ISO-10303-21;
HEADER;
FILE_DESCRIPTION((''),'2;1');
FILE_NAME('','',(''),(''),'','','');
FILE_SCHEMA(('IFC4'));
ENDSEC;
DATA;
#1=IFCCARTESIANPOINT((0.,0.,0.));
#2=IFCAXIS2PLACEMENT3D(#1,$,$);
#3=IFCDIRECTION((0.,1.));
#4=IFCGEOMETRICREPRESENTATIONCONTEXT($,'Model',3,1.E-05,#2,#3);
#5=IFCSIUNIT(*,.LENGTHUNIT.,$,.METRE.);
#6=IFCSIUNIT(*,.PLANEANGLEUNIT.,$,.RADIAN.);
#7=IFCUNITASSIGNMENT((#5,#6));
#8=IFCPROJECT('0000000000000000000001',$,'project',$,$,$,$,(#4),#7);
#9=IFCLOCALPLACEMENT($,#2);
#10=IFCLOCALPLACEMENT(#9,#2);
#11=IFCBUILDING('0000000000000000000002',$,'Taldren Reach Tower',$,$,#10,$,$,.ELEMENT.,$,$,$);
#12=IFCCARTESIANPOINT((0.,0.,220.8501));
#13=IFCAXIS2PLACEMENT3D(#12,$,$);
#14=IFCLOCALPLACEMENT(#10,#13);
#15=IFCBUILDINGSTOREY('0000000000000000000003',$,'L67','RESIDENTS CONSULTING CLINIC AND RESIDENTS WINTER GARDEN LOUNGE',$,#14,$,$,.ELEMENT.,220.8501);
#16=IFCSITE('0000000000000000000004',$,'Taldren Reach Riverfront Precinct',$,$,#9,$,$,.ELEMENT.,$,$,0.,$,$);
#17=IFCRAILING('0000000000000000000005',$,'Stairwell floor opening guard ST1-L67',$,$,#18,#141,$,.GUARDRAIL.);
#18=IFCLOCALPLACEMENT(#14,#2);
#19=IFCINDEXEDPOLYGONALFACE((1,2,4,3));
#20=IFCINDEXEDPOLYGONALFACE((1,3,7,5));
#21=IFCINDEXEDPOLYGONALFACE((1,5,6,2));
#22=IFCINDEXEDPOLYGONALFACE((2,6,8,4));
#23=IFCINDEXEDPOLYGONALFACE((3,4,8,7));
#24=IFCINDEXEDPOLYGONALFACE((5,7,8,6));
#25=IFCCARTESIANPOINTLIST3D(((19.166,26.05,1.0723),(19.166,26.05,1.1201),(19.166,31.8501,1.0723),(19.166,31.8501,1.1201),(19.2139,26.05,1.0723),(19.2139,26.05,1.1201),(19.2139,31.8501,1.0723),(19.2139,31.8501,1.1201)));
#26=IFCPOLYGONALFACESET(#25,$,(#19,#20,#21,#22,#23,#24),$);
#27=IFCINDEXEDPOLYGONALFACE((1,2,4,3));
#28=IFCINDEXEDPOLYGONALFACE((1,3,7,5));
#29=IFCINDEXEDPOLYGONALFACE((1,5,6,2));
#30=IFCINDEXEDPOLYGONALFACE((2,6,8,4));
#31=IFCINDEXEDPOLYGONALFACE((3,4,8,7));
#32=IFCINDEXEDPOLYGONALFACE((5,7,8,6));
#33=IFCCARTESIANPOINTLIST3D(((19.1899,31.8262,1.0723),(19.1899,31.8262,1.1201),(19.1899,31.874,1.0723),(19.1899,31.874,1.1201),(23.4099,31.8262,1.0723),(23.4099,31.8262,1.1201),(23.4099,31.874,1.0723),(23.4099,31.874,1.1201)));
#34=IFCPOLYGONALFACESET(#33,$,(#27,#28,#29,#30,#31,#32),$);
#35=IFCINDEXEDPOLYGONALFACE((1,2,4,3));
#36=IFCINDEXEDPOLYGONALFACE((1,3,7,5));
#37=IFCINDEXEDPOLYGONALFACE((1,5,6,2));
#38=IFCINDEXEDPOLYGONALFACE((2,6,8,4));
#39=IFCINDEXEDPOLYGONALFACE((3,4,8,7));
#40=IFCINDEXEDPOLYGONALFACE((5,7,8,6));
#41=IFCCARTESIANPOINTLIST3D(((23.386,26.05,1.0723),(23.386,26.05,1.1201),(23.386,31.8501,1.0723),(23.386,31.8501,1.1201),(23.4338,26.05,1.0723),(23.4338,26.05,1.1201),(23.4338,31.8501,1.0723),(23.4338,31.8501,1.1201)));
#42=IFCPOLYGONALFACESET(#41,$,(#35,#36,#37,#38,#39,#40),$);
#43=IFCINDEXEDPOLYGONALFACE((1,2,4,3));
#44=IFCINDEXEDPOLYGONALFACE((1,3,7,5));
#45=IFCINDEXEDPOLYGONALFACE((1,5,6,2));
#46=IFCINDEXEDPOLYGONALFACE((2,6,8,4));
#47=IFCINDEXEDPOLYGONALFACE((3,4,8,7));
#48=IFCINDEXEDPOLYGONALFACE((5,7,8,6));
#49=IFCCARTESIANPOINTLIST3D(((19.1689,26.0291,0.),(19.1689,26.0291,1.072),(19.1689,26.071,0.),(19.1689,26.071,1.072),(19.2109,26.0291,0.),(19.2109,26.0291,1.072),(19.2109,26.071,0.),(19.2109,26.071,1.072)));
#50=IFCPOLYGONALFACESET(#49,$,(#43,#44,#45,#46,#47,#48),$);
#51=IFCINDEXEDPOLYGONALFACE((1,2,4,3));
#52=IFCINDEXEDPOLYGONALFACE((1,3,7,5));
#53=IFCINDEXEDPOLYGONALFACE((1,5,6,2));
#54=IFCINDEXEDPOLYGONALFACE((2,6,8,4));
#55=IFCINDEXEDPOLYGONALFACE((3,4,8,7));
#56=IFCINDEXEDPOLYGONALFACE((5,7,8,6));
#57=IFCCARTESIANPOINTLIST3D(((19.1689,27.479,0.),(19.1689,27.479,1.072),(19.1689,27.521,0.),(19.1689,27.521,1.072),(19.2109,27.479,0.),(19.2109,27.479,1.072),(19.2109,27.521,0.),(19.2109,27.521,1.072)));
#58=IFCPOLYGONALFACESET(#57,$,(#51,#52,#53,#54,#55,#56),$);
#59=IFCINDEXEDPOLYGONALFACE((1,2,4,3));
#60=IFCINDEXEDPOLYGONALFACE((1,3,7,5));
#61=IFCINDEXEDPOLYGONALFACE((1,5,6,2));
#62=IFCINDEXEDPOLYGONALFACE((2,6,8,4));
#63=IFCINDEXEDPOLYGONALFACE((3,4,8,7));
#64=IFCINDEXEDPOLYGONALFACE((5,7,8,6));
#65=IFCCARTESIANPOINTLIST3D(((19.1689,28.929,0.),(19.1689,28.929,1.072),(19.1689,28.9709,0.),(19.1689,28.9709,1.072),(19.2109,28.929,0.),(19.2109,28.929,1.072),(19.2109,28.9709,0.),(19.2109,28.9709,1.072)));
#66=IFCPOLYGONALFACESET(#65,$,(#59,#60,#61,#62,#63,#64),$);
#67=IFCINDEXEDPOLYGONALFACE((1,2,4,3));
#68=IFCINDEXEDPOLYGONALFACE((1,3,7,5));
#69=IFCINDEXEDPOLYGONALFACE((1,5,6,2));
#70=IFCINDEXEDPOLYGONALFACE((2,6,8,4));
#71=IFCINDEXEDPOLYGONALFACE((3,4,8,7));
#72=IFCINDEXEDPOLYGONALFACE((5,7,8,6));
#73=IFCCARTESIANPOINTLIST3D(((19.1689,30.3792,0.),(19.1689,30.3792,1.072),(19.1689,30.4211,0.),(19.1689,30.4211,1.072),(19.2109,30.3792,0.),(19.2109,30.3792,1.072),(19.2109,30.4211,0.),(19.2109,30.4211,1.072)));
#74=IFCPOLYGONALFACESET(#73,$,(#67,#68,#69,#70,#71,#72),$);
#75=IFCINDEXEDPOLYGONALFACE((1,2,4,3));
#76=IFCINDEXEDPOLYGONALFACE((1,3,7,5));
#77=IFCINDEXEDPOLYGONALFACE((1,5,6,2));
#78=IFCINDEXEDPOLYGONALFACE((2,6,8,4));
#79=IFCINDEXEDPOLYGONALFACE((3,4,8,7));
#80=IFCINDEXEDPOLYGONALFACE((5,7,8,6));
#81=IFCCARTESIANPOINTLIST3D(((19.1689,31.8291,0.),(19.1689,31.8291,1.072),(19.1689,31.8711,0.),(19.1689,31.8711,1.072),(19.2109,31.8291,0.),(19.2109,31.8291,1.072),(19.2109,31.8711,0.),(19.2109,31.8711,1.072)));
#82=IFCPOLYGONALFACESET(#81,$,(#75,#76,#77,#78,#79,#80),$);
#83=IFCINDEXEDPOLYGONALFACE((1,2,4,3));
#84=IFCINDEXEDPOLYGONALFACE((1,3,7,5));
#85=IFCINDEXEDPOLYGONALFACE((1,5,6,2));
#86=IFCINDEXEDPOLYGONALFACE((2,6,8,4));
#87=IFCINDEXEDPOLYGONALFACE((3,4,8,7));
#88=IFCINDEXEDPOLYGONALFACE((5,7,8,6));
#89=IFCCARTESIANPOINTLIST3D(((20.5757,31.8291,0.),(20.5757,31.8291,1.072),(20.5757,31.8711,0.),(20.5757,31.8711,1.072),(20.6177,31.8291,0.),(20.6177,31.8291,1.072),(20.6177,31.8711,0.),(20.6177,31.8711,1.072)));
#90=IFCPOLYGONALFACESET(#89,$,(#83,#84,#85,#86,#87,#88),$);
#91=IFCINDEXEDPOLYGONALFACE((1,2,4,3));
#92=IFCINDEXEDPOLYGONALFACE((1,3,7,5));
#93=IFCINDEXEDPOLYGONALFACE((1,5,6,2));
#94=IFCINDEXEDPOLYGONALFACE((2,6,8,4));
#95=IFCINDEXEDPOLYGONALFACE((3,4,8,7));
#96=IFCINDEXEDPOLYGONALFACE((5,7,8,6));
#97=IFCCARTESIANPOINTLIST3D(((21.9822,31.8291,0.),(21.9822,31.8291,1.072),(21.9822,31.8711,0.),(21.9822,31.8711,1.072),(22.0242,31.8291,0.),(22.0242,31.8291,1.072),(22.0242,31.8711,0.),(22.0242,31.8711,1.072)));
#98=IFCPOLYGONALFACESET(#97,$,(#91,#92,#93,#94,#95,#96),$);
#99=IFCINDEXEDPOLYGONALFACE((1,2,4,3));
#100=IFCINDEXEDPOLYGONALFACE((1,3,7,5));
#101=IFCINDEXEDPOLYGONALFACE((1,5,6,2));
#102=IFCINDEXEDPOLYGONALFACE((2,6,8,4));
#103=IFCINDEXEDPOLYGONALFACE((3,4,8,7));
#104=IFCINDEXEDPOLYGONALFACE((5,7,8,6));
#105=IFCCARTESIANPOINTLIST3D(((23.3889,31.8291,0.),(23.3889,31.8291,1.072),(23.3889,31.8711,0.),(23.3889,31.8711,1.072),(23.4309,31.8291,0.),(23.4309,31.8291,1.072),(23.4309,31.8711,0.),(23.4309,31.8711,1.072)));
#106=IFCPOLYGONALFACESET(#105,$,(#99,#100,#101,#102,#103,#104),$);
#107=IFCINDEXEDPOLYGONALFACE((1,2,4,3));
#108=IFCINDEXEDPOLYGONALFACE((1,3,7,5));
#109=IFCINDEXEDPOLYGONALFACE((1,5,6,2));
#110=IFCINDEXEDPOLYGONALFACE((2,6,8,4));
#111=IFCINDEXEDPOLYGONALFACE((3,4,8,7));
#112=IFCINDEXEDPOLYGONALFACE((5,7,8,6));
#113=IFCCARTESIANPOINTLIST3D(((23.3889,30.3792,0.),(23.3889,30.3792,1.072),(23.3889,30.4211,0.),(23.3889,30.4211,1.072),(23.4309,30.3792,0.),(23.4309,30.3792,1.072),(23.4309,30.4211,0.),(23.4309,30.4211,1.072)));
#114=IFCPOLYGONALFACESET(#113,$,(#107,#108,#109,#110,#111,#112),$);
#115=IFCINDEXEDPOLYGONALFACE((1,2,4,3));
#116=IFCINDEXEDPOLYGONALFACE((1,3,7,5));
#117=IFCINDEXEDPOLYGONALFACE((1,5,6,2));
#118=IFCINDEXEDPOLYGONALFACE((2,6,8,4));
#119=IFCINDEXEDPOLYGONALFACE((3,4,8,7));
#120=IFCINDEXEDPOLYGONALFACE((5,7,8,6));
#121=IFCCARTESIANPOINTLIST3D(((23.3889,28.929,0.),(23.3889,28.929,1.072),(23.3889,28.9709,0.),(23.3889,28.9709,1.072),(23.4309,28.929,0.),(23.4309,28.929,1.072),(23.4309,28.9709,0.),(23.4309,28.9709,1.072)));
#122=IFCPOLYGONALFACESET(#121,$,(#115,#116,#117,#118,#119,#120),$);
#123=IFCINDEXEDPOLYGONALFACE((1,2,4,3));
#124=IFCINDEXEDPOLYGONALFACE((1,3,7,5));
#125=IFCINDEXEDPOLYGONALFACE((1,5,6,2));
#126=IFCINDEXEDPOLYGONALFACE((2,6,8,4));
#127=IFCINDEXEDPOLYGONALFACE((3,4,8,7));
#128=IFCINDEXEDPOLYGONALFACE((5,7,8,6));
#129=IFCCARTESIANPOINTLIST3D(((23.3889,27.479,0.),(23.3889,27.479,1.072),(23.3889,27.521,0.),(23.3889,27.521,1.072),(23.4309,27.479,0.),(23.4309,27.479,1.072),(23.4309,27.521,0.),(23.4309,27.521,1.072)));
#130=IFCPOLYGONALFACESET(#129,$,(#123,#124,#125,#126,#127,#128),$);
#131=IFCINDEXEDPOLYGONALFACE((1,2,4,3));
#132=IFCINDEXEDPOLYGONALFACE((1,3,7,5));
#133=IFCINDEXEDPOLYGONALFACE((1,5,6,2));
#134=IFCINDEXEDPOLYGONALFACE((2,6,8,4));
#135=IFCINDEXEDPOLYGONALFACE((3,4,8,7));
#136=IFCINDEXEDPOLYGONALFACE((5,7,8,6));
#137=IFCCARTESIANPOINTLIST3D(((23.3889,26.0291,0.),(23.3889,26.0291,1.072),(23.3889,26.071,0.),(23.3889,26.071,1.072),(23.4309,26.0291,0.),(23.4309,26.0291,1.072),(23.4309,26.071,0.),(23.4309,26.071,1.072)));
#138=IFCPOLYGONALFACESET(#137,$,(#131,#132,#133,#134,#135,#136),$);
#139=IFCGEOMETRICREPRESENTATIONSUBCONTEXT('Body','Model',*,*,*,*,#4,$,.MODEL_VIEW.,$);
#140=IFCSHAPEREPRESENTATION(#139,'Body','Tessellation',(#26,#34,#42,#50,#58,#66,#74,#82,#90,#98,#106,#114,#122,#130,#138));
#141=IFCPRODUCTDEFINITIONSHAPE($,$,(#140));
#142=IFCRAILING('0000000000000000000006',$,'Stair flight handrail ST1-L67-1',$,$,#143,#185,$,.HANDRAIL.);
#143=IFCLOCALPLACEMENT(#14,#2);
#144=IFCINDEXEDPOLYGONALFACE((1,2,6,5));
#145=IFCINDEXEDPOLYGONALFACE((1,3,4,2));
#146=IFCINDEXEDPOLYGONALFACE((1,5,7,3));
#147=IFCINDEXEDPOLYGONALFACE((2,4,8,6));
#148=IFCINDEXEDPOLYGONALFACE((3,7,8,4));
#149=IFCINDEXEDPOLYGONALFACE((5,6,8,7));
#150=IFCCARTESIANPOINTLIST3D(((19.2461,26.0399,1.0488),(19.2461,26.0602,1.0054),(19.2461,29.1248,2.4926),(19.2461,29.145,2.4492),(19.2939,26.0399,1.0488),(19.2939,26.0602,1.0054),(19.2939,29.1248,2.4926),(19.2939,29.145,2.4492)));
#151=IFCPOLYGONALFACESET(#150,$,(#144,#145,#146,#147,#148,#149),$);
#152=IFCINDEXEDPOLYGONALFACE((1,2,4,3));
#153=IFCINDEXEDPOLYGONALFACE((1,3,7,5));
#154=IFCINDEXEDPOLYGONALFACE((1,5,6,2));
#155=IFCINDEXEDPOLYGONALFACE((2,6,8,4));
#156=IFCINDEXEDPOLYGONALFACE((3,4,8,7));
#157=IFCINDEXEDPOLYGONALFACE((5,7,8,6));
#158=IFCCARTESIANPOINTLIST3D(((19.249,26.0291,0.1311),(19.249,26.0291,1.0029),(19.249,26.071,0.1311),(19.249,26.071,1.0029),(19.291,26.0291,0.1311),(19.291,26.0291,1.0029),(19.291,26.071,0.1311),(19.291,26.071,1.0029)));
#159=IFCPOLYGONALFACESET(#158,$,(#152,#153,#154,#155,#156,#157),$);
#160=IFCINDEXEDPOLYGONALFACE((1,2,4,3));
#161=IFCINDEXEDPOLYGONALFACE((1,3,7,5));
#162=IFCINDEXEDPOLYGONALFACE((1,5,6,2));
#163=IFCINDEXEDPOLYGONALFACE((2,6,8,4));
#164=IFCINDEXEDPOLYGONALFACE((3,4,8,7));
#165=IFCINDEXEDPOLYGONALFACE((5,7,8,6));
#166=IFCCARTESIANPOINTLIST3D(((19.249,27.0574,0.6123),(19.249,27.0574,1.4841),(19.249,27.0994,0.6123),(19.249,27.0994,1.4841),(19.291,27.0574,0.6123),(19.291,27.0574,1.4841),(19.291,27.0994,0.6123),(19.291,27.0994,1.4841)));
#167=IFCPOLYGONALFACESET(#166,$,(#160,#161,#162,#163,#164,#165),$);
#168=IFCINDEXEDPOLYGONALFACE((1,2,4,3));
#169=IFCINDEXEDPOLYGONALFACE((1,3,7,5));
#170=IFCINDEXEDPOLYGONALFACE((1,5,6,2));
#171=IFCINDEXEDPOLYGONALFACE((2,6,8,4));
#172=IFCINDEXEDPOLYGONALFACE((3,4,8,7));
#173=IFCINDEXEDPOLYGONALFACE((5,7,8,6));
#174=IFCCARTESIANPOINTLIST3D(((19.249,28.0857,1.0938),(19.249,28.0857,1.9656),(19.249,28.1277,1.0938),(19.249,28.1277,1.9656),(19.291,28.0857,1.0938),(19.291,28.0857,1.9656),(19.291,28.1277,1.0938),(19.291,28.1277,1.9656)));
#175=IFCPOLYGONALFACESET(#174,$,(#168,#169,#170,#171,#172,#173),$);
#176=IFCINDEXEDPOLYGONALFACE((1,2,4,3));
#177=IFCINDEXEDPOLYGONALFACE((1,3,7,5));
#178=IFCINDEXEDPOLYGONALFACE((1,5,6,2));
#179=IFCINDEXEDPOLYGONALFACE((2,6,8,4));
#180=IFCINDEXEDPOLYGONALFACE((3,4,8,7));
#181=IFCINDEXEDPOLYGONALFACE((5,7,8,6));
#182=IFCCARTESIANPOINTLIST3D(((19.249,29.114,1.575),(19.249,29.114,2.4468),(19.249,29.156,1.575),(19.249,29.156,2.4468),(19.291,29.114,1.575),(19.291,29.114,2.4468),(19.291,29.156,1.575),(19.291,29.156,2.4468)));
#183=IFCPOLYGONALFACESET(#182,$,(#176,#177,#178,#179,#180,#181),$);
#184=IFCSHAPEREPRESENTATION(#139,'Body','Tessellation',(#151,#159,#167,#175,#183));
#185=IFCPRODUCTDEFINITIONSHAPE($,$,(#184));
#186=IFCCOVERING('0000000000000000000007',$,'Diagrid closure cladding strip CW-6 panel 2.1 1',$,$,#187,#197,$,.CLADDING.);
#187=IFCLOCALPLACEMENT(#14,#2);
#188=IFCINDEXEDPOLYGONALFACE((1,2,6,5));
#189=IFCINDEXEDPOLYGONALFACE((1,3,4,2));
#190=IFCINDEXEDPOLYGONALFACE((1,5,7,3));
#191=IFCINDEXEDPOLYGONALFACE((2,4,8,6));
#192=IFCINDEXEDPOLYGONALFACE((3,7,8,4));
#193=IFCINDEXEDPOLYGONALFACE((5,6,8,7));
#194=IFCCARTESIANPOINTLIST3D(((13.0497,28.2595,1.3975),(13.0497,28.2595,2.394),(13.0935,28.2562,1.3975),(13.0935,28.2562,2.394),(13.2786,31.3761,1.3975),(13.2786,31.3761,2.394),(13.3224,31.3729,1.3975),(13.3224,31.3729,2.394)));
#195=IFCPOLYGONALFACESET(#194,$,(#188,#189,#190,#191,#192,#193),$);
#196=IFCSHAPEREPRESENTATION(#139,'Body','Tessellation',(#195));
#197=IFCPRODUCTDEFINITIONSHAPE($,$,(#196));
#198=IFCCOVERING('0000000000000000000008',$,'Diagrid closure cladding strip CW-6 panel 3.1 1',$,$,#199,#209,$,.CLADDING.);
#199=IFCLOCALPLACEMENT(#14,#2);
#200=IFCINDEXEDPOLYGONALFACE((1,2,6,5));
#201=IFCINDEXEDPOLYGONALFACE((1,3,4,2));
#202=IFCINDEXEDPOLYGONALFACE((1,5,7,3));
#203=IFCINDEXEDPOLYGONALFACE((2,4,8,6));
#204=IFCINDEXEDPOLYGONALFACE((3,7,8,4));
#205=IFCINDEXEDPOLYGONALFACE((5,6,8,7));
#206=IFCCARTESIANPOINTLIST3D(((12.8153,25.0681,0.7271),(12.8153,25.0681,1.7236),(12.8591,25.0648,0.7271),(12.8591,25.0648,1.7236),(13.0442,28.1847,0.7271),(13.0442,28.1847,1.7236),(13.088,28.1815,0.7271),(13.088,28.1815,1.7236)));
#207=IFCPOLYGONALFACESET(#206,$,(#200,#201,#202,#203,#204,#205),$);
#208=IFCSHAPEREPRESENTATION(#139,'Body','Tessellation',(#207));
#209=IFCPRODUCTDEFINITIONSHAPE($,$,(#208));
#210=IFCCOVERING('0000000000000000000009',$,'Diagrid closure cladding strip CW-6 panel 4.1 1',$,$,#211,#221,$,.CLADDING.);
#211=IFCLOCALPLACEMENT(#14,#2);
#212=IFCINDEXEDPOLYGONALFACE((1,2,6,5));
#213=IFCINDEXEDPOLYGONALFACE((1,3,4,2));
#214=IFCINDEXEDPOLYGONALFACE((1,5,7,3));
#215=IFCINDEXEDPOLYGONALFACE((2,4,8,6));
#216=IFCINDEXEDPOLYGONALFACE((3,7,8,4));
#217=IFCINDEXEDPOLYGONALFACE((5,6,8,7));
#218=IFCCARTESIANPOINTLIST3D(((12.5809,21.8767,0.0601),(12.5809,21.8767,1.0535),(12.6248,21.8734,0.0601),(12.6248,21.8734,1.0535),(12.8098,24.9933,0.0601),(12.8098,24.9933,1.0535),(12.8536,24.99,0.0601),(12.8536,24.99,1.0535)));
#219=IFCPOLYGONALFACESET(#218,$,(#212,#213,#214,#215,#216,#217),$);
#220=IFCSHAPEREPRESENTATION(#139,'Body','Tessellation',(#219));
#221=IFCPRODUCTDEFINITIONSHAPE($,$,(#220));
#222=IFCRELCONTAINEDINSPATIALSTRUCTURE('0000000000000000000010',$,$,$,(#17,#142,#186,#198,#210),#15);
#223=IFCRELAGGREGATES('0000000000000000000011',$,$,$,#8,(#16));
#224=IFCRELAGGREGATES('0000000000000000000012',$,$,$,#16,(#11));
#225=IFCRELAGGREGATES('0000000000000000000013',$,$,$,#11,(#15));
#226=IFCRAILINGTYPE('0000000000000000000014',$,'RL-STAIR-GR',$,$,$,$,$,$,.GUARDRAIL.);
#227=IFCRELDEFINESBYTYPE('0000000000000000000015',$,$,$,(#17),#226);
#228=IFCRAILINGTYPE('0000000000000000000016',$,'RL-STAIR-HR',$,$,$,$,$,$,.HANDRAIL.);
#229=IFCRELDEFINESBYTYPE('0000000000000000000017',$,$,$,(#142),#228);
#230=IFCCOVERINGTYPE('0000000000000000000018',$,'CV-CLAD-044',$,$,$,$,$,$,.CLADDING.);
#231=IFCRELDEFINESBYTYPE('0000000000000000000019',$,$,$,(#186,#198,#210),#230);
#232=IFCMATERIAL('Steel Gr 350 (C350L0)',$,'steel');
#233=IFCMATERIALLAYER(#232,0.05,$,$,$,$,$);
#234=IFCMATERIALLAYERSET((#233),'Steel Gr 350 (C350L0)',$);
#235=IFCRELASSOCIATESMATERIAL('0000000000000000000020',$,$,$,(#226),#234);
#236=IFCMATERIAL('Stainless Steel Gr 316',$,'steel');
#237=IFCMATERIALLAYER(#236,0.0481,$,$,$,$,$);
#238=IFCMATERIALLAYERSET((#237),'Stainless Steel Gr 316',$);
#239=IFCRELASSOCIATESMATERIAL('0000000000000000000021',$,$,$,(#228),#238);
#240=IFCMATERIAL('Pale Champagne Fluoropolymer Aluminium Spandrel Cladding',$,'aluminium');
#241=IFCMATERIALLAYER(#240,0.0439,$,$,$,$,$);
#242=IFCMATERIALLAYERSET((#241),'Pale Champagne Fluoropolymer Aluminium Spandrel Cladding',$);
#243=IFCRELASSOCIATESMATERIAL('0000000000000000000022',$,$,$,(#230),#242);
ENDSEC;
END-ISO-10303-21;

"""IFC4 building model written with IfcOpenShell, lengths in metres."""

from ifc_helpers import new_model, si_unit, direction, frame, origin, origin_2d, place, context, subcontext, project, spatial, rectangle, extrude, source, transform, mapped, material, layer, layer_set, type_object, element, save


model = new_model("IFC4")

# Units and contexts
model_context = context("Model", 3, precision=1e-05, world=origin(), true_north=direction((0.0, 1.0)))
body_context = subcontext(model_context, "Body", "Model", "MODEL_VIEW")
ifc_project = project(units=[si_unit("LENGTHUNIT", "METRE"), si_unit("PLANEANGLEUNIT", "RADIAN")], contexts=[model_context])

# Site, building, storey
site_placement = place(None, origin())
site = spatial("IfcSite", under=ifc_project, at=site_placement, Name="Taldren Reach Riverfront Precinct", CompositionType="ELEMENT", RefElevation=0.0)
building_placement = place(site_placement, origin())
building = spatial("IfcBuilding", under=site, at=building_placement, Name="Taldren Reach Tower", CompositionType="ELEMENT")
storey_placement = place(building_placement, frame((0.0, 0.0, 220.8501)))
storey = spatial("IfcBuildingStorey", under=building, at=storey_placement, Name="L67", Description="RESIDENTS CONSULTING CLINIC AND RESIDENTS WINTER GARDEN LOUNGE", CompositionType="ELEMENT", Elevation=220.8501)

# Shared definitions
ifc_material_1 = material(Name="Steel Gr 350 (C350L0)", Category="steel")

# Railings
ifc_layer_1 = layer(ifc_material_1, 0.05)
ifc_layer_set_1 = layer_set([ifc_layer_1], Name="Steel Gr 350 (C350L0)")
railing_type_1 = type_object("IfcRailingType", Name="RL-STAIR-GR", PredefinedType="GUARDRAIL", material=ifc_layer_set_1)
railing_1_placement = place(storey_placement, frame((19.1899, 26.05, 0.0)))
element("IfcRailing", 1, at=railing_1_placement, inside=storey, type_object=railing_type_1, Name="Stairwell floor opening guard ST1-L67", PredefinedType="GUARDRAIL", context=body_context, shape_type="SweptSolid", body=[
    extrude(rectangle(XDim=0.0479, YDim=0.0479, at=origin_2d()), frame((0.0, 0.0, 1.0962), z_axis=(0.0, 1.0, 0.0), x_axis=(-1.0, 0.0, 0.0)), (0.0, 0.0, 1.0), 5.8),
    extrude(rectangle(XDim=0.0479, YDim=0.0479, at=origin_2d()), frame((0.0, 5.8, 1.0962), z_axis=(1.0, 0.0, 0.0), x_axis=(0.0, 1.0, 0.0)), (0.0, 0.0, 1.0), 4.22),
    extrude(rectangle(XDim=0.0479, YDim=0.0479, at=origin_2d()), frame((4.22, 5.8, 1.0962), z_axis=(0.0, -1.0, 0.0), x_axis=(1.0, 0.0, 0.0)), (0.0, 0.0, 1.0), 5.8),
    extrude(rectangle(XDim=0.042, YDim=0.042, at=origin_2d()), origin(), (0.0, 0.0, 1.0), 1.072),
    extrude(rectangle(XDim=0.042, YDim=0.042, at=origin_2d()), frame((0.0, 1.45, 0.0)), (0.0, 0.0, 1.0), 1.072),
    extrude(rectangle(XDim=0.042, YDim=0.042, at=origin_2d()), frame((0.0, 2.8999, 0.0)), (0.0, 0.0, 1.0), 1.072),
    extrude(rectangle(XDim=0.042, YDim=0.042, at=origin_2d()), frame((0.0, 4.3501, 0.0)), (0.0, 0.0, 1.0), 1.072),
    extrude(rectangle(XDim=0.042, YDim=0.042, at=origin_2d()), frame((0.0, 5.8, 0.0)), (0.0, 0.0, 1.0), 1.072),
    extrude(rectangle(XDim=0.042, YDim=0.042, at=origin_2d()), frame((1.4067, 5.8, 0.0)), (0.0, 0.0, 1.0), 1.072),
    extrude(rectangle(XDim=0.042, YDim=0.042, at=origin_2d()), frame((2.8132, 5.8, 0.0)), (0.0, 0.0, 1.0), 1.072),
    extrude(rectangle(XDim=0.042, YDim=0.042, at=origin_2d()), frame((4.22, 5.8, 0.0)), (0.0, 0.0, 1.0), 1.072),
    extrude(rectangle(XDim=0.042, YDim=0.042, at=origin_2d()), frame((4.22, 4.3501, 0.0)), (0.0, 0.0, 1.0), 1.072),
    extrude(rectangle(XDim=0.042, YDim=0.042, at=origin_2d()), frame((4.22, 2.8999, 0.0)), (0.0, 0.0, 1.0), 1.072),
    extrude(rectangle(XDim=0.042, YDim=0.042, at=origin_2d()), frame((4.22, 1.45, 0.0)), (0.0, 0.0, 1.0), 1.072),
    extrude(rectangle(XDim=0.042, YDim=0.042, at=origin_2d()), frame((4.22, 0.0, 0.0)), (0.0, 0.0, 1.0), 1.072),
])
ifc_material_2 = material(Name="Stainless Steel Gr 316", Category="steel")
ifc_layer_2 = layer(ifc_material_2, 0.0481)
ifc_layer_set_2 = layer_set([ifc_layer_2], Name="Stainless Steel Gr 316")
railing_type_2 = type_object("IfcRailingType", Name="RL-STAIR-HR", PredefinedType="HANDRAIL", material=ifc_layer_set_2)
railing_2_placement = place(storey_placement, frame((19.27, 26.05, 0.1311)))
element("IfcRailing", 2, at=railing_2_placement, inside=storey, type_object=railing_type_2, Name="Stair flight handrail ST1-L67-1", PredefinedType="HANDRAIL", context=body_context, shape_type="SweptSolid", body=[
    extrude(rectangle(XDim=0.0479, YDim=0.0479, at=origin_2d()), frame((0.0, 0.0, 0.896), z_axis=(0.0, 0.90571, 0.423898), x_axis=(-1.0, 0.0, 0.0)), (0.0, 0.0, 1.0), 3.406),
    extrude(rectangle(XDim=0.042, YDim=0.042, at=origin_2d()), origin(), (0.0, 0.0, 1.0), 0.8718),
    extrude(rectangle(XDim=0.042, YDim=0.042, at=origin_2d()), frame((0.0, 1.0283, 0.4812)), (0.0, 0.0, 1.0), 0.8718),
    extrude(rectangle(XDim=0.042, YDim=0.042, at=origin_2d()), frame((0.0, 2.0566, 0.9626)), (0.0, 0.0, 1.0), 0.8718),
    extrude(rectangle(XDim=0.042, YDim=0.042, at=origin_2d()), frame((0.0, 3.085, 1.4438)), (0.0, 0.0, 1.0), 0.8718),
])

# Coverings
ifc_material_3 = material(Name="Pale Champagne Fluoropolymer Aluminium Spandrel Cladding", Category="aluminium")
ifc_layer_3 = layer(ifc_material_3, 0.0439)
ifc_layer_set_3 = layer_set([ifc_layer_3], Name="Pale Champagne Fluoropolymer Aluminium Spandrel Cladding")
covering_type = type_object("IfcCoveringType", Name="CV-CLAD-044", PredefinedType="CLADDING", material=ifc_layer_set_3)
shared_shape_1 = source(origin(), body_context, "Body", "SweptSolid", [
    extrude(rectangle(XDim=3.125, YDim=0.0439, at=origin_2d()), origin(), (0.0, 0.0, 1.0), 0.9966),
])
for number, where, z_axis, x_axis, name in (
    (3, (13.186, 29.8162, 1.3975), (0.0, 0.0, 1.0), (-0.073238, -0.997314, 0.0), "Diagrid closure cladding strip CW-6 panel 2.1 1"),
    (4, (12.9517, 26.6248, 0.7271), (0.0, 0.0, 1.0), (-0.073238, -0.997314, 0.0), "Diagrid closure cladding strip CW-6 panel 3.1 1"),
):
    element("IfcCovering", number, at=place(storey_placement, frame(where, z_axis=z_axis, x_axis=x_axis)), inside=storey, type_object=covering_type, Name=name, PredefinedType="CLADDING", context=body_context, shape_type="MappedRepresentation", body=[
        mapped(shared_shape_1, transform((0.0, 0.0, 0.0), scale=1.0)),
    ])
shared_shape_2 = source(origin(), body_context, "Body", "SweptSolid", [
    extrude(rectangle(XDim=3.125, YDim=0.0439, at=origin_2d()), origin(), (0.0, 0.0, 1.0), 0.9934),
])
covering_placement = place(storey_placement, frame((12.7173, 23.4333, 0.0601), z_axis=(0.0, 0.0, 1.0), x_axis=(-0.073238, -0.997314, 0.0)))
element("IfcCovering", 5, at=covering_placement, inside=storey, type_object=covering_type, Name="Diagrid closure cladding strip CW-6 panel 4.1 1", PredefinedType="CLADDING", context=body_context, shape_type="MappedRepresentation", body=[
    mapped(shared_shape_2, transform((0.0, 0.0, 0.0), scale=1.0)),
])

save(model, "model.ifc")
